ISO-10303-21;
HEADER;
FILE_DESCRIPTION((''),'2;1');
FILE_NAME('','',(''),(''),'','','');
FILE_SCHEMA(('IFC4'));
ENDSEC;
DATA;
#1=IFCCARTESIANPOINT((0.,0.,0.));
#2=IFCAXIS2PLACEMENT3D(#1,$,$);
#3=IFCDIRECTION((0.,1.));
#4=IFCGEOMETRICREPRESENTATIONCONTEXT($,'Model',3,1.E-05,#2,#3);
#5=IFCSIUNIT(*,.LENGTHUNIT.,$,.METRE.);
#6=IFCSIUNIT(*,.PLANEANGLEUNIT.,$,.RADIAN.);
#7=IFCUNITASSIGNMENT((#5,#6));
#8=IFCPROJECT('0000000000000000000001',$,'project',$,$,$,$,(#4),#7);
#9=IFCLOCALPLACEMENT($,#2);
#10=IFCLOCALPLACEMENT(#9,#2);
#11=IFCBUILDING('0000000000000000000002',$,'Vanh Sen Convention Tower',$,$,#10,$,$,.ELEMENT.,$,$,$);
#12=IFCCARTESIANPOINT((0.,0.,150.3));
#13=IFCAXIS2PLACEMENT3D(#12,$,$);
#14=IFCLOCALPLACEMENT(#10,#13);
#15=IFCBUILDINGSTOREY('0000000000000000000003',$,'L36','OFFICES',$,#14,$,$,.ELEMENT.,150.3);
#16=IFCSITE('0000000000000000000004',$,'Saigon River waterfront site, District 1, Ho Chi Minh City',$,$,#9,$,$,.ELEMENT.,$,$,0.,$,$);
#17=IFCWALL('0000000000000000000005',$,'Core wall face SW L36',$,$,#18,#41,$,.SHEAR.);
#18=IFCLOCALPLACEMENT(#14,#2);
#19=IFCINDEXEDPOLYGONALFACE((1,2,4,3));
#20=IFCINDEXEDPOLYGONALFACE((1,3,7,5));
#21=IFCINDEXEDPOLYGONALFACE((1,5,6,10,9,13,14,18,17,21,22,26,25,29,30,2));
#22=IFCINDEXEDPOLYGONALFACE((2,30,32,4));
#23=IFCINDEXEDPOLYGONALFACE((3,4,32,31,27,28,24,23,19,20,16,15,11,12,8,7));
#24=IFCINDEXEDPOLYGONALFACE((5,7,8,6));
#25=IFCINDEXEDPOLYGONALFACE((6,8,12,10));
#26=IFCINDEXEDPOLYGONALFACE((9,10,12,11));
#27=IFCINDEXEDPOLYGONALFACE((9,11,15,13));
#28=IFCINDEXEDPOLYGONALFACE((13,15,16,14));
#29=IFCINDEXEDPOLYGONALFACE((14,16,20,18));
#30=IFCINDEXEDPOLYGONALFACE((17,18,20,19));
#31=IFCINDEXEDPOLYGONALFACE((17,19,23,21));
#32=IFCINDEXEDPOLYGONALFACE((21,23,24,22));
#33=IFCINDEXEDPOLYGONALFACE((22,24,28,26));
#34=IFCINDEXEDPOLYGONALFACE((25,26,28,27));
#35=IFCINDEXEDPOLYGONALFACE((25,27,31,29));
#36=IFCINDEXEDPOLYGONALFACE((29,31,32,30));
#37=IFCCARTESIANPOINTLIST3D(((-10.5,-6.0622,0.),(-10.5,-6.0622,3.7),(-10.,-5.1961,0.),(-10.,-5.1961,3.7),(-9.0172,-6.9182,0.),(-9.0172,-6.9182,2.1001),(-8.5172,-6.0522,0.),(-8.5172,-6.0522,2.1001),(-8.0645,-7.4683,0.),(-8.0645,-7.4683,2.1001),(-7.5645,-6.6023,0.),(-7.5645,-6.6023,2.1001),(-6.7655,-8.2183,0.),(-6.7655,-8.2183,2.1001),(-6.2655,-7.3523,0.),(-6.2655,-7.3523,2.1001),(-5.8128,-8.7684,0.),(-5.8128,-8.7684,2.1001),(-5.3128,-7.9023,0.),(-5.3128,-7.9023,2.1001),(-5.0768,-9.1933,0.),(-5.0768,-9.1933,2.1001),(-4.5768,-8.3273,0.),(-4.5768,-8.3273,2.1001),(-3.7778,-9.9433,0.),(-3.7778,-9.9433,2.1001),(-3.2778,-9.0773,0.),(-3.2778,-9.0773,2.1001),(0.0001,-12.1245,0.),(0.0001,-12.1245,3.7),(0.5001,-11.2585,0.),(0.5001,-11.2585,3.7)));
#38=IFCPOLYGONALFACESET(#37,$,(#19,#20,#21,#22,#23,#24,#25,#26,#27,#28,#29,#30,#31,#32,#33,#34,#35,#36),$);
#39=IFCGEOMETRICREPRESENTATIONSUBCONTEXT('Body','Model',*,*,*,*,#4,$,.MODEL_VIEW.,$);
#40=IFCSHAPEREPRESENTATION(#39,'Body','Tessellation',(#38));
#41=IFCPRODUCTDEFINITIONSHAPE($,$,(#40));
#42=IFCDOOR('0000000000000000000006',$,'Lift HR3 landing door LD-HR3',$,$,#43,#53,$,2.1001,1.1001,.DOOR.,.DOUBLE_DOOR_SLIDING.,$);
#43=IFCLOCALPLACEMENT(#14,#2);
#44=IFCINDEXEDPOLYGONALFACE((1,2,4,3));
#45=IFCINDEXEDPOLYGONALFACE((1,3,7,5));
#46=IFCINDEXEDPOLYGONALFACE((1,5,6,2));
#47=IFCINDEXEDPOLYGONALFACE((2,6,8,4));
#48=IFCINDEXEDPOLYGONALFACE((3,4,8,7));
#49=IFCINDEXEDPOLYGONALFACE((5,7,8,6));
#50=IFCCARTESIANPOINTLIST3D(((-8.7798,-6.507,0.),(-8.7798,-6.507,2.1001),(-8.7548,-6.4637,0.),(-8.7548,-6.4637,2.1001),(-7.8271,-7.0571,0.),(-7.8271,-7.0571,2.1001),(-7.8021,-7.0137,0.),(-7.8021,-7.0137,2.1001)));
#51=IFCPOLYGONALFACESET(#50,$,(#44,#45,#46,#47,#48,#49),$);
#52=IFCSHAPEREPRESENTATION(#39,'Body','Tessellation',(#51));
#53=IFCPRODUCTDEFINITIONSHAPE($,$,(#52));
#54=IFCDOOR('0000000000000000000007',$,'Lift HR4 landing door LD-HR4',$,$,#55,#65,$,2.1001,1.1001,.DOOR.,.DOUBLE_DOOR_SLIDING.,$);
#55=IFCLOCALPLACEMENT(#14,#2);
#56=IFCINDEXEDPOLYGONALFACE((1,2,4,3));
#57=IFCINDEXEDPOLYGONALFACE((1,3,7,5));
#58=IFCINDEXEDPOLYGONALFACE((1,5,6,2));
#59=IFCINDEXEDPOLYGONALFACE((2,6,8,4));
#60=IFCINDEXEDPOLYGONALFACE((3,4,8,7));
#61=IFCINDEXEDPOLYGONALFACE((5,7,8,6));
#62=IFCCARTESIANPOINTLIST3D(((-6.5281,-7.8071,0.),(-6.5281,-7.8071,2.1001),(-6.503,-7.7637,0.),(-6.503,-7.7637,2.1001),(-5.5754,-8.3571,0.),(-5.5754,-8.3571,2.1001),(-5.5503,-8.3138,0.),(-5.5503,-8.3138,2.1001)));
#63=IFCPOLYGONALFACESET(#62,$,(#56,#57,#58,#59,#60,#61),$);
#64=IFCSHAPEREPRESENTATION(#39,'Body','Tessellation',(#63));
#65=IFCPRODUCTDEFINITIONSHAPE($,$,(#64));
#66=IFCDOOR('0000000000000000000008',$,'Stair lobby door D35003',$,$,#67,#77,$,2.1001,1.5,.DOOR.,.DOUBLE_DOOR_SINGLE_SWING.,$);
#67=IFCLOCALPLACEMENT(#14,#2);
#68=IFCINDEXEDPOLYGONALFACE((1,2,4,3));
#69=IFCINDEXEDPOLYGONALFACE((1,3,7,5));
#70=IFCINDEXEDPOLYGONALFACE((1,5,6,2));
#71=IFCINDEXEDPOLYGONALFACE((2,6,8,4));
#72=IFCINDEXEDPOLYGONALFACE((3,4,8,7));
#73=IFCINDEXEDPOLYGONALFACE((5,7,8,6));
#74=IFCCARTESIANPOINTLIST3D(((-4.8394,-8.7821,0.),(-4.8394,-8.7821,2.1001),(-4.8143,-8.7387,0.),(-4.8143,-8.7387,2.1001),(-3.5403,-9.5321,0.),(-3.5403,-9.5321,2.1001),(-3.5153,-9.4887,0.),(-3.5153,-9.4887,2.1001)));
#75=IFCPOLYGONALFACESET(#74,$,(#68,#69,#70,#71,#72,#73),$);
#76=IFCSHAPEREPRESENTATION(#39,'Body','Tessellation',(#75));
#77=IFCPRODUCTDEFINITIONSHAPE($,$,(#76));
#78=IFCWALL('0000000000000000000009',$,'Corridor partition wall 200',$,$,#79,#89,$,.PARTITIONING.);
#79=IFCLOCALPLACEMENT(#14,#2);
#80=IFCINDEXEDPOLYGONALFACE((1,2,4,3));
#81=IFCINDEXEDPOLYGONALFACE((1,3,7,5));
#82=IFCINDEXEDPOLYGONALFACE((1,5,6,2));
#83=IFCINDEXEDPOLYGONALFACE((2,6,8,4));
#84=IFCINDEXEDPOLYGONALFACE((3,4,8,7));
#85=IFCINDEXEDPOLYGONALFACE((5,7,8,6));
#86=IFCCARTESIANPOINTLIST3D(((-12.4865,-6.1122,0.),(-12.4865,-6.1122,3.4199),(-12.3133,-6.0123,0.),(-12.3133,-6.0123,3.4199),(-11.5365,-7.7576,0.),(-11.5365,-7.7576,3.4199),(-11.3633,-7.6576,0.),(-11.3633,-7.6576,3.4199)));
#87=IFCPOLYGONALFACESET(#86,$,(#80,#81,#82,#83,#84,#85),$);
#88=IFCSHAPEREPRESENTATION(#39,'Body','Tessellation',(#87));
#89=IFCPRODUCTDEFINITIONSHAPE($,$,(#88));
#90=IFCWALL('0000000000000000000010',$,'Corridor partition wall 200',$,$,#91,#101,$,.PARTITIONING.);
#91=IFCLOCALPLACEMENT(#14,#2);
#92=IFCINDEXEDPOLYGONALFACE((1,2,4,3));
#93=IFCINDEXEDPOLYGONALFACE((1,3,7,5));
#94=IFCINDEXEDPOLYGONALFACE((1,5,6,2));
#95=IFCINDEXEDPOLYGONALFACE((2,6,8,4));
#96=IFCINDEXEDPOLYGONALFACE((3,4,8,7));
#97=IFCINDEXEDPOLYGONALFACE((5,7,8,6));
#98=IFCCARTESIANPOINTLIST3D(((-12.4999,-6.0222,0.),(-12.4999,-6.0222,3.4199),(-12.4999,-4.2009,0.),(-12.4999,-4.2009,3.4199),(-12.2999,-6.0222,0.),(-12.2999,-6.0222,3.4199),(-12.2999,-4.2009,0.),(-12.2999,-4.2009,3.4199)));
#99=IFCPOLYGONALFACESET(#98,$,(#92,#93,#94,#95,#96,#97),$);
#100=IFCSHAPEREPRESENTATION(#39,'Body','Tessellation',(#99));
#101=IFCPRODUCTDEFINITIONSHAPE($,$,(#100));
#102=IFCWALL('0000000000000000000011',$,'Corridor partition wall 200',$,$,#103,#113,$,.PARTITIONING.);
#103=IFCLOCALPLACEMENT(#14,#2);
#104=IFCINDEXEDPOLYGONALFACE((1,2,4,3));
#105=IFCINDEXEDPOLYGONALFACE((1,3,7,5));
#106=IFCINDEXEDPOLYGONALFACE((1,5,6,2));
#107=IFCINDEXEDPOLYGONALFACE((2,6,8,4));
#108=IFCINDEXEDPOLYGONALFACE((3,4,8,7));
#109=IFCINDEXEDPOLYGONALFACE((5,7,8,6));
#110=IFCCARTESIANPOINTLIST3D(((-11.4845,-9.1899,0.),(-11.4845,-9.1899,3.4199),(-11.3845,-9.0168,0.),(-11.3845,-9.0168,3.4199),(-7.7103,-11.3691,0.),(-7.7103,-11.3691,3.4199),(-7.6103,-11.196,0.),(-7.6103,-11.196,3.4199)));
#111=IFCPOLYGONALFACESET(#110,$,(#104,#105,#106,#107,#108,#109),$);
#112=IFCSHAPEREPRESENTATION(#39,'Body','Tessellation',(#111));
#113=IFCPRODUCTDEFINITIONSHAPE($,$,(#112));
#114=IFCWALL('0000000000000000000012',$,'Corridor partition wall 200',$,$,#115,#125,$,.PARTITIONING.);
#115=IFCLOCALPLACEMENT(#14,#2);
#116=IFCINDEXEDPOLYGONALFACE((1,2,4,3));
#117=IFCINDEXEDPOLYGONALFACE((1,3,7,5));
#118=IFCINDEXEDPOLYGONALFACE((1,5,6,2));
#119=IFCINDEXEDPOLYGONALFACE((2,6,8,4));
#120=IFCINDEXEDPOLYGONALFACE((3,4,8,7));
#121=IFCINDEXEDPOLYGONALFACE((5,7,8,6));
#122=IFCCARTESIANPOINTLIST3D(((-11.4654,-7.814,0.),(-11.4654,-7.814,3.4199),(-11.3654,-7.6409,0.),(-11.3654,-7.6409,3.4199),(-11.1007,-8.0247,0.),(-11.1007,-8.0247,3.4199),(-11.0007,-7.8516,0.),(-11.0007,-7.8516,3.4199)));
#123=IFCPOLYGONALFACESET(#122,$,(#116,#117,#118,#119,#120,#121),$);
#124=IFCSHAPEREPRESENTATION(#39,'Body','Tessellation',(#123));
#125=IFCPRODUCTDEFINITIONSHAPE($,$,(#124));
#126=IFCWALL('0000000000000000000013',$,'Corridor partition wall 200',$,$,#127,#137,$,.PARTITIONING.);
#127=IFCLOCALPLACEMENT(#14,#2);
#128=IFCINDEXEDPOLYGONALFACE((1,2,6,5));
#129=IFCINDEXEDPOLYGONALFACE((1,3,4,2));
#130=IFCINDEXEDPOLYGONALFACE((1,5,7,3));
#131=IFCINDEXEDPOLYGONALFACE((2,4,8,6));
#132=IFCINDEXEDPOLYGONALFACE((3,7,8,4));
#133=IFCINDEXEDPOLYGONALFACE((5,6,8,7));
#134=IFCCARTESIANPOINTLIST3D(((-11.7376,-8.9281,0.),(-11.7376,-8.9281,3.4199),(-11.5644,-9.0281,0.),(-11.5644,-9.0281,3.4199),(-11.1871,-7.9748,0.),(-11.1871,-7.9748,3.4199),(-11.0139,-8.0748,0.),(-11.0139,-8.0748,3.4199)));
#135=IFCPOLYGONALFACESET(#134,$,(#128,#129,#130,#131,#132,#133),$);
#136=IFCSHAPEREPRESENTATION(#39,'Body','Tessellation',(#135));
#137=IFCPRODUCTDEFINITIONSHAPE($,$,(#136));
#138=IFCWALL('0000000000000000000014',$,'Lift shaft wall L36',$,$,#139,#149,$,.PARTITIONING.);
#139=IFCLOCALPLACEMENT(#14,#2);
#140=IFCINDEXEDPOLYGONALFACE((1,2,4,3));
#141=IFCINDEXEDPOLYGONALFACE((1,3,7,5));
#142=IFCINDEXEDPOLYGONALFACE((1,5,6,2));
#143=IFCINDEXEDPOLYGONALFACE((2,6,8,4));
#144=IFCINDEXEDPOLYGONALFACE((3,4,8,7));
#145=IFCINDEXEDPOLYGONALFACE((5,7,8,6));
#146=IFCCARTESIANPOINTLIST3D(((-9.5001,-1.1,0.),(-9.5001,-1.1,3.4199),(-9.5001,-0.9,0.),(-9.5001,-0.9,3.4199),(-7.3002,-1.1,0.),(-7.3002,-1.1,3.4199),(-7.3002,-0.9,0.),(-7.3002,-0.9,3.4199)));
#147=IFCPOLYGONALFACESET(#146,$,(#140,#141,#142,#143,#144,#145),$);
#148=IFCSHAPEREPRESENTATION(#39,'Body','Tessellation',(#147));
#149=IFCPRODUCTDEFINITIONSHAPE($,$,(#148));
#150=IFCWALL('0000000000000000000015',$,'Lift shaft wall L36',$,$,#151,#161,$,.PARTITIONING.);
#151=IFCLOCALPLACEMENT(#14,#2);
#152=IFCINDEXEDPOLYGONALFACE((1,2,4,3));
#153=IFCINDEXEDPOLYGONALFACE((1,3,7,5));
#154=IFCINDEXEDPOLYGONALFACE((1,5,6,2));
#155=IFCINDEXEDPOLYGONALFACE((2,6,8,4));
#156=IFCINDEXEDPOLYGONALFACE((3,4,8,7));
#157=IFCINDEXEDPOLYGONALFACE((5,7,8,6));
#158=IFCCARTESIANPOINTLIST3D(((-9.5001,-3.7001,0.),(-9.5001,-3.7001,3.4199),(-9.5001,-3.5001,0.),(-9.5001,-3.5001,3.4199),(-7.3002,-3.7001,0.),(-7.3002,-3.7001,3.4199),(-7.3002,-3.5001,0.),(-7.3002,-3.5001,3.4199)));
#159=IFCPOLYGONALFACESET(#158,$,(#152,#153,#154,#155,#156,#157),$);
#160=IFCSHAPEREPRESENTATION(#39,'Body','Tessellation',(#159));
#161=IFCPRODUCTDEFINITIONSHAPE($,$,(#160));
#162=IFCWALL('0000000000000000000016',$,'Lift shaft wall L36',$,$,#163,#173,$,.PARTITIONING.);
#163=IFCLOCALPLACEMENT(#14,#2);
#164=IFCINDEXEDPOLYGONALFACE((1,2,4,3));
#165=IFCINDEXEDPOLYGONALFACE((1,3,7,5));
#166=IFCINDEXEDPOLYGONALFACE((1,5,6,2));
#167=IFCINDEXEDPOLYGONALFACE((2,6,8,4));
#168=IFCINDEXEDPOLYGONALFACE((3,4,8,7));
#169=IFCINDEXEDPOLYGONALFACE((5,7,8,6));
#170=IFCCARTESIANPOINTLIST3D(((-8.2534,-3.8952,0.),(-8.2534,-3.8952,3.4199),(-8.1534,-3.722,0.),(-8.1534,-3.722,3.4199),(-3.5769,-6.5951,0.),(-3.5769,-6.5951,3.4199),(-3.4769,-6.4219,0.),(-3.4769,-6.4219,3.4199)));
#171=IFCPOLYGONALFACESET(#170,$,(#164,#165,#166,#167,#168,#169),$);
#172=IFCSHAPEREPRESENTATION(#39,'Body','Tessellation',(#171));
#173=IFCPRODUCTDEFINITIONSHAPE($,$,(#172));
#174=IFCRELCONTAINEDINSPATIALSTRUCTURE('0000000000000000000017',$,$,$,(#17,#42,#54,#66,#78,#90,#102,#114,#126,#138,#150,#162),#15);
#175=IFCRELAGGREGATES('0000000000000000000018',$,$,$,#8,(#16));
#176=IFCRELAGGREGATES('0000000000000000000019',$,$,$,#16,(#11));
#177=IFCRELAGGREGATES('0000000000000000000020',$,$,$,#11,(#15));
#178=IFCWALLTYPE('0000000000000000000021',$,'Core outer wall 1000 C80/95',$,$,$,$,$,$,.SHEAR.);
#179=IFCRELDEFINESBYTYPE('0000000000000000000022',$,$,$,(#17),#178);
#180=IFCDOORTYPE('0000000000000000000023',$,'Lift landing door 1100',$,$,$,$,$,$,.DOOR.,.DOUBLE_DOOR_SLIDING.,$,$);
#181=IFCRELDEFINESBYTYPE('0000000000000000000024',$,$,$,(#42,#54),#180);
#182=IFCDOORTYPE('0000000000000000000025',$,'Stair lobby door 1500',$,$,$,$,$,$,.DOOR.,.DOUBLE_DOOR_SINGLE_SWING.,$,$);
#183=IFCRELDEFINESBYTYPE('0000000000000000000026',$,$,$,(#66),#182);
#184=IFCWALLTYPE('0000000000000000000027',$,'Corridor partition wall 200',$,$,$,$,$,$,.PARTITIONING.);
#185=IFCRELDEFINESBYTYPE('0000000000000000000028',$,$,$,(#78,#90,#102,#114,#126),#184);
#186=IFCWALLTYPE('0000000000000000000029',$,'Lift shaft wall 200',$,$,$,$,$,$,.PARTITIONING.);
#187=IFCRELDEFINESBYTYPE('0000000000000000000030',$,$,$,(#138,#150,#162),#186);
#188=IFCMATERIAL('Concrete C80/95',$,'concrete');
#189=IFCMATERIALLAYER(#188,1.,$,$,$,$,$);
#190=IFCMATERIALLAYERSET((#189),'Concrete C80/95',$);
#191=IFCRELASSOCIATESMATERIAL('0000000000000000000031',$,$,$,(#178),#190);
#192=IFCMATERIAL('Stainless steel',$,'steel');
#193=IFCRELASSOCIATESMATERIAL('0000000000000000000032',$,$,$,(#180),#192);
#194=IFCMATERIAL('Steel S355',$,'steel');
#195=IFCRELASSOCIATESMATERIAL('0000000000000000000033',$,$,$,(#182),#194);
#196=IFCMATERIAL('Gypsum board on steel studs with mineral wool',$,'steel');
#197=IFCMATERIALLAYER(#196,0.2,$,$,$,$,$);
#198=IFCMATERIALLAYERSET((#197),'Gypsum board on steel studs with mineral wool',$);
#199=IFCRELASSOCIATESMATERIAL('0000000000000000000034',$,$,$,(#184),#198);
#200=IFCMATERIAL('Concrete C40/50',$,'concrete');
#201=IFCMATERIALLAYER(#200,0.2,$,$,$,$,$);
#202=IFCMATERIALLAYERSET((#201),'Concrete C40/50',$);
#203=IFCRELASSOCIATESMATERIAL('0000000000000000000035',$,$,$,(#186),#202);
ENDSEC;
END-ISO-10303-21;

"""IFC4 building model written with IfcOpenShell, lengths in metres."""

from ifc_helpers import new_model, si_unit, direction, frame, frame_2d, origin, place, context, subcontext, project, spatial, rectangle, extrude, material, layer, layer_set, type_object, element, fill, save


model = new_model("IFC4")

# Units and contexts
model_context = context("Model", 3, precision=1e-05, world=origin(), true_north=direction((0.0, 1.0)))
body_context = subcontext(model_context, "Body", "Model", "MODEL_VIEW")
ifc_project = project(units=[si_unit("LENGTHUNIT", "METRE"), si_unit("PLANEANGLEUNIT", "RADIAN")], contexts=[model_context])

# Site, building, storey
site_placement = place(None, origin())
site = spatial("IfcSite", under=ifc_project, at=site_placement, Name="Saigon River waterfront site, District 1, Ho Chi Minh City", CompositionType="ELEMENT", RefElevation=0.0)
building_placement = place(site_placement, origin())
building = spatial("IfcBuilding", under=site, at=building_placement, Name="Vanh Sen Convention Tower", CompositionType="ELEMENT")
storey_placement = place(building_placement, frame((0.0, 0.0, 150.3)))
storey = spatial("IfcBuildingStorey", under=building, at=storey_placement, Name="L36", Description="OFFICES", CompositionType="ELEMENT", Elevation=150.3)

# Shared definitions
ifc_material_1 = material(Name="Concrete C40/50", Category="concrete")

# Wall, openings, doors
ifc_material_2 = material(Name="Concrete C80/95", Category="concrete")
ifc_layer_1 = layer(ifc_material_2, 1.0)
ifc_layer_set_1 = layer_set([ifc_layer_1], Name="Concrete C80/95")
wall_type_1 = type_object("IfcWallType", Name="Core outer wall 1000 C80/95", PredefinedType="SHEAR", material=ifc_layer_set_1)
wall_1_placement = place(storey_placement, frame((-10.25, -5.6292, 0.0), z_axis=(0.0, 0.0, 1.0), x_axis=(0.866023, -0.500005, 0.0)))
wall_1 = element("IfcWall", 1, at=wall_1_placement, inside=storey, type_object=wall_type_1, Name="Core wall face SW L36", PredefinedType="SHEAR", context=body_context, shape_type="SweptSolid", body=[
    extrude(rectangle(XDim=12.1245, YDim=1.0, at=frame_2d((6.0623, 0.0))), origin(), (0.0, 0.0, 1.0), 3.7),
])
opening_1_placement = place(wall_1_placement, frame((6.2622, 0.0, 0.0)))
opening_1 = element("IfcOpeningElement", 2, at=opening_1_placement, cuts=wall_1, PredefinedType="OPENING", context=body_context, shape_type="SweptSolid", body=[
    extrude(rectangle(XDim=1.5, YDim=2.1001, at=frame_2d((0.75, 1.05))), frame((0.0, 0.51, 0.0), z_axis=(0.0, -1.0, 0.0), x_axis=(1.0, 0.0, 0.0)), (0.0, 0.0, 1.0), 1.02),
])
opening_2_placement = place(wall_1_placement, frame((1.7122, 0.0, 0.0)))
opening_2 = element("IfcOpeningElement", 3, at=opening_2_placement, cuts=wall_1, PredefinedType="OPENING", context=body_context, shape_type="SweptSolid", body=[
    extrude(rectangle(XDim=1.1001, YDim=2.1001, at=frame_2d((0.55, 1.05))), frame((0.0, 0.51, 0.0), z_axis=(0.0, -1.0, 0.0), x_axis=(1.0, 0.0, 0.0)), (0.0, 0.0, 1.0), 1.02),
])
opening_3_placement = place(wall_1_placement, frame((4.3123, 0.0, 0.0)))
opening_3 = element("IfcOpeningElement", 4, at=opening_3_placement, cuts=wall_1, PredefinedType="OPENING", context=body_context, shape_type="SweptSolid", body=[
    extrude(rectangle(XDim=1.1001, YDim=2.1001, at=frame_2d((0.55, 1.05))), frame((0.0, 0.51, 0.0), z_axis=(0.0, -1.0, 0.0), x_axis=(1.0, 0.0, 0.0)), (0.0, 0.0, 1.0), 1.02),
])
ifc_material_3 = material(Name="Stainless steel", Category="steel")
door_type_1 = type_object("IfcDoorType", Name="Lift landing door 1100", OperationType="DOUBLE_DOOR_SLIDING", PredefinedType="DOOR", material=ifc_material_3)
door_1_placement = place(opening_2_placement, origin())
door_1 = element("IfcDoor", 5, at=door_1_placement, inside=storey, type_object=door_type_1, Name="Lift HR3 landing door LD-HR3", OperationType="DOUBLE_DOOR_SLIDING", OverallHeight=2.1001, OverallWidth=1.1001, PredefinedType="DOOR", context=body_context, shape_type="SweptSolid", body=[
    extrude(rectangle(XDim=1.1001, YDim=2.1001, at=frame_2d((0.55, 1.05))), frame((0.0, 0.0249, 0.0), z_axis=(0.0, -1.0, 0.0), x_axis=(1.0, 0.0, 0.0)), (0.0, 0.0, 1.0), 0.05),
])
fill(opening_2, door_1)
door_2_placement = place(opening_3_placement, origin())
door_2 = element("IfcDoor", 6, at=door_2_placement, inside=storey, type_object=door_type_1, Name="Lift HR4 landing door LD-HR4", OperationType="DOUBLE_DOOR_SLIDING", OverallHeight=2.1001, OverallWidth=1.1001, PredefinedType="DOOR", context=body_context, shape_type="SweptSolid", body=[
    extrude(rectangle(XDim=1.1001, YDim=2.1001, at=frame_2d((0.55, 1.05))), frame((0.0, 0.0249, 0.0), z_axis=(0.0, -1.0, 0.0), x_axis=(1.0, 0.0, 0.0)), (0.0, 0.0, 1.0), 0.05),
])
fill(opening_3, door_2)
ifc_material_4 = material(Name="Steel S355", Category="steel")
door_type_2 = type_object("IfcDoorType", Name="Stair lobby door 1500", OperationType="DOUBLE_DOOR_SINGLE_SWING", PredefinedType="DOOR", material=ifc_material_4)
door_3_placement = place(opening_1_placement, origin())
door_3 = element("IfcDoor", 7, at=door_3_placement, inside=storey, type_object=door_type_2, Name="Stair lobby door D35003", OperationType="DOUBLE_DOOR_SINGLE_SWING", OverallHeight=2.1001, OverallWidth=1.5, PredefinedType="DOOR", context=body_context, shape_type="SweptSolid", body=[
    extrude(rectangle(XDim=1.5, YDim=2.1001, at=frame_2d((0.75, 1.05))), frame((0.0, 0.0249, 0.0), z_axis=(0.0, -1.0, 0.0), x_axis=(1.0, 0.0, 0.0)), (0.0, 0.0, 1.0), 0.05),
])
fill(opening_1, door_3)

# Walls
ifc_material_5 = material(Name="Gypsum board on steel studs with mineral wool", Category="steel")
ifc_layer_2 = layer(ifc_material_5, 0.2)
ifc_layer_set_2 = layer_set([ifc_layer_2], Name="Gypsum board on steel studs with mineral wool")
wall_type_2 = type_object("IfcWallType", Name="Corridor partition wall 200", PredefinedType="PARTITIONING", material=ifc_layer_set_2)
wall_2_placement = place(storey_placement, frame((-12.3999, -6.0623, 0.0), z_axis=(0.0, 0.0, 1.0), x_axis=(0.500023, -0.866012, 0.0)))
element("IfcWall", 8, at=wall_2_placement, inside=storey, type_object=wall_type_2, Name="Corridor partition wall 200", PredefinedType="PARTITIONING", context=body_context, shape_type="SweptSolid", body=[
    extrude(rectangle(XDim=1.8999, YDim=0.2, at=frame_2d((0.95, 0.0))), origin(), (0.0, 0.0, 1.0), 3.4199),
])
wall_3_placement = place(storey_placement, frame((-12.3999, -4.2009, 0.0), z_axis=(0.0, 0.0, 1.0), x_axis=(0.0, -1.0, 0.0)))
element("IfcWall", 9, at=wall_3_placement, inside=storey, type_object=wall_type_2, Name="Corridor partition wall 200", PredefinedType="PARTITIONING", context=body_context, shape_type="SweptSolid", body=[
    extrude(rectangle(XDim=1.8213, YDim=0.2, at=frame_2d((0.9106, 0.0))), origin(), (0.0, 0.0, 1.0), 3.4199),
])
wall_4_placement = place(storey_placement, frame((-11.4346, -9.1033, 0.0), z_axis=(0.0, 0.0, 1.0), x_axis=(0.866007, -0.500031, 0.0)))
element("IfcWall", 10, at=wall_4_placement, inside=storey, type_object=wall_type_2, Name="Corridor partition wall 200", PredefinedType="PARTITIONING", context=body_context, shape_type="SweptSolid", body=[
    extrude(rectangle(XDim=4.3582, YDim=0.2, at=frame_2d((2.1792, 0.0))), origin(), (0.0, 0.0, 1.0), 3.4199),
])
wall_5_placement = place(storey_placement, frame((-11.4153, -7.7275, 0.0), z_axis=(0.0, 0.0, 1.0), x_axis=(0.865915, -0.500191, 0.0)))
element("IfcWall", 11, at=wall_5_placement, inside=storey, type_object=wall_type_2, Name="Corridor partition wall 200", PredefinedType="PARTITIONING", context=body_context, shape_type="SweptSolid", body=[
    extrude(rectangle(XDim=0.4211, YDim=0.2, at=frame_2d((0.2104, 0.0))), origin(), (0.0, 0.0, 1.0), 3.4199),
])
wall_6_placement = place(storey_placement, frame((-11.1006, -8.0249, 0.0), z_axis=(0.0, 0.0, 1.0), x_axis=(-0.500074, -0.865982, 0.0)))
element("IfcWall", 12, at=wall_6_placement, inside=storey, type_object=wall_type_2, Name="Corridor partition wall 200", PredefinedType="PARTITIONING", context=body_context, shape_type="SweptSolid", body=[
    extrude(rectangle(XDim=1.1008, YDim=0.2, at=frame_2d((0.5503, 0.0))), origin(), (0.0, 0.0, 1.0), 3.4199),
])
ifc_layer_3 = layer(ifc_material_1, 0.2)
ifc_layer_set_3 = layer_set([ifc_layer_3], Name="Concrete C40/50")
wall_type_3 = type_object("IfcWallType", Name="Lift shaft wall 200", PredefinedType="PARTITIONING", material=ifc_layer_set_3)
for number, where, z_axis, x_axis, name in (
    (13, (-7.3, -1.0, 0.0), (0.0, 0.0, 1.0), (-1.0, 0.0, 0.0), "Lift shaft wall L36"),
    (14, (-7.3, -3.6001, 0.0), (0.0, 0.0, 1.0), (-1.0, 0.0, 0.0), "Lift shaft wall L36"),
):
    element("IfcWall", number, at=place(storey_placement, frame(where, z_axis=z_axis, x_axis=x_axis)), inside=storey, type_object=wall_type_3, Name=name, PredefinedType="PARTITIONING", context=body_context, shape_type="SweptSolid", body=[
        extrude(rectangle(XDim=2.2, YDim=0.2, at=frame_2d((1.1001, 0.0))), origin(), (0.0, 0.0, 1.0), 3.4199),
    ])
wall_7_placement = place(storey_placement, frame((-8.2034, -3.8086, 0.0), z_axis=(0.0, 0.0, 1.0), x_axis=(0.866028, -0.499995, 0.0)))
element("IfcWall", 15, at=wall_7_placement, inside=storey, type_object=wall_type_3, Name="Lift shaft wall L36", PredefinedType="PARTITIONING", context=body_context, shape_type="SweptSolid", body=[
    extrude(rectangle(XDim=5.3999, YDim=0.2, at=frame_2d((2.7, 0.0))), origin(), (0.0, 0.0, 1.0), 3.4199),
])

save(model, "model.ifc")
